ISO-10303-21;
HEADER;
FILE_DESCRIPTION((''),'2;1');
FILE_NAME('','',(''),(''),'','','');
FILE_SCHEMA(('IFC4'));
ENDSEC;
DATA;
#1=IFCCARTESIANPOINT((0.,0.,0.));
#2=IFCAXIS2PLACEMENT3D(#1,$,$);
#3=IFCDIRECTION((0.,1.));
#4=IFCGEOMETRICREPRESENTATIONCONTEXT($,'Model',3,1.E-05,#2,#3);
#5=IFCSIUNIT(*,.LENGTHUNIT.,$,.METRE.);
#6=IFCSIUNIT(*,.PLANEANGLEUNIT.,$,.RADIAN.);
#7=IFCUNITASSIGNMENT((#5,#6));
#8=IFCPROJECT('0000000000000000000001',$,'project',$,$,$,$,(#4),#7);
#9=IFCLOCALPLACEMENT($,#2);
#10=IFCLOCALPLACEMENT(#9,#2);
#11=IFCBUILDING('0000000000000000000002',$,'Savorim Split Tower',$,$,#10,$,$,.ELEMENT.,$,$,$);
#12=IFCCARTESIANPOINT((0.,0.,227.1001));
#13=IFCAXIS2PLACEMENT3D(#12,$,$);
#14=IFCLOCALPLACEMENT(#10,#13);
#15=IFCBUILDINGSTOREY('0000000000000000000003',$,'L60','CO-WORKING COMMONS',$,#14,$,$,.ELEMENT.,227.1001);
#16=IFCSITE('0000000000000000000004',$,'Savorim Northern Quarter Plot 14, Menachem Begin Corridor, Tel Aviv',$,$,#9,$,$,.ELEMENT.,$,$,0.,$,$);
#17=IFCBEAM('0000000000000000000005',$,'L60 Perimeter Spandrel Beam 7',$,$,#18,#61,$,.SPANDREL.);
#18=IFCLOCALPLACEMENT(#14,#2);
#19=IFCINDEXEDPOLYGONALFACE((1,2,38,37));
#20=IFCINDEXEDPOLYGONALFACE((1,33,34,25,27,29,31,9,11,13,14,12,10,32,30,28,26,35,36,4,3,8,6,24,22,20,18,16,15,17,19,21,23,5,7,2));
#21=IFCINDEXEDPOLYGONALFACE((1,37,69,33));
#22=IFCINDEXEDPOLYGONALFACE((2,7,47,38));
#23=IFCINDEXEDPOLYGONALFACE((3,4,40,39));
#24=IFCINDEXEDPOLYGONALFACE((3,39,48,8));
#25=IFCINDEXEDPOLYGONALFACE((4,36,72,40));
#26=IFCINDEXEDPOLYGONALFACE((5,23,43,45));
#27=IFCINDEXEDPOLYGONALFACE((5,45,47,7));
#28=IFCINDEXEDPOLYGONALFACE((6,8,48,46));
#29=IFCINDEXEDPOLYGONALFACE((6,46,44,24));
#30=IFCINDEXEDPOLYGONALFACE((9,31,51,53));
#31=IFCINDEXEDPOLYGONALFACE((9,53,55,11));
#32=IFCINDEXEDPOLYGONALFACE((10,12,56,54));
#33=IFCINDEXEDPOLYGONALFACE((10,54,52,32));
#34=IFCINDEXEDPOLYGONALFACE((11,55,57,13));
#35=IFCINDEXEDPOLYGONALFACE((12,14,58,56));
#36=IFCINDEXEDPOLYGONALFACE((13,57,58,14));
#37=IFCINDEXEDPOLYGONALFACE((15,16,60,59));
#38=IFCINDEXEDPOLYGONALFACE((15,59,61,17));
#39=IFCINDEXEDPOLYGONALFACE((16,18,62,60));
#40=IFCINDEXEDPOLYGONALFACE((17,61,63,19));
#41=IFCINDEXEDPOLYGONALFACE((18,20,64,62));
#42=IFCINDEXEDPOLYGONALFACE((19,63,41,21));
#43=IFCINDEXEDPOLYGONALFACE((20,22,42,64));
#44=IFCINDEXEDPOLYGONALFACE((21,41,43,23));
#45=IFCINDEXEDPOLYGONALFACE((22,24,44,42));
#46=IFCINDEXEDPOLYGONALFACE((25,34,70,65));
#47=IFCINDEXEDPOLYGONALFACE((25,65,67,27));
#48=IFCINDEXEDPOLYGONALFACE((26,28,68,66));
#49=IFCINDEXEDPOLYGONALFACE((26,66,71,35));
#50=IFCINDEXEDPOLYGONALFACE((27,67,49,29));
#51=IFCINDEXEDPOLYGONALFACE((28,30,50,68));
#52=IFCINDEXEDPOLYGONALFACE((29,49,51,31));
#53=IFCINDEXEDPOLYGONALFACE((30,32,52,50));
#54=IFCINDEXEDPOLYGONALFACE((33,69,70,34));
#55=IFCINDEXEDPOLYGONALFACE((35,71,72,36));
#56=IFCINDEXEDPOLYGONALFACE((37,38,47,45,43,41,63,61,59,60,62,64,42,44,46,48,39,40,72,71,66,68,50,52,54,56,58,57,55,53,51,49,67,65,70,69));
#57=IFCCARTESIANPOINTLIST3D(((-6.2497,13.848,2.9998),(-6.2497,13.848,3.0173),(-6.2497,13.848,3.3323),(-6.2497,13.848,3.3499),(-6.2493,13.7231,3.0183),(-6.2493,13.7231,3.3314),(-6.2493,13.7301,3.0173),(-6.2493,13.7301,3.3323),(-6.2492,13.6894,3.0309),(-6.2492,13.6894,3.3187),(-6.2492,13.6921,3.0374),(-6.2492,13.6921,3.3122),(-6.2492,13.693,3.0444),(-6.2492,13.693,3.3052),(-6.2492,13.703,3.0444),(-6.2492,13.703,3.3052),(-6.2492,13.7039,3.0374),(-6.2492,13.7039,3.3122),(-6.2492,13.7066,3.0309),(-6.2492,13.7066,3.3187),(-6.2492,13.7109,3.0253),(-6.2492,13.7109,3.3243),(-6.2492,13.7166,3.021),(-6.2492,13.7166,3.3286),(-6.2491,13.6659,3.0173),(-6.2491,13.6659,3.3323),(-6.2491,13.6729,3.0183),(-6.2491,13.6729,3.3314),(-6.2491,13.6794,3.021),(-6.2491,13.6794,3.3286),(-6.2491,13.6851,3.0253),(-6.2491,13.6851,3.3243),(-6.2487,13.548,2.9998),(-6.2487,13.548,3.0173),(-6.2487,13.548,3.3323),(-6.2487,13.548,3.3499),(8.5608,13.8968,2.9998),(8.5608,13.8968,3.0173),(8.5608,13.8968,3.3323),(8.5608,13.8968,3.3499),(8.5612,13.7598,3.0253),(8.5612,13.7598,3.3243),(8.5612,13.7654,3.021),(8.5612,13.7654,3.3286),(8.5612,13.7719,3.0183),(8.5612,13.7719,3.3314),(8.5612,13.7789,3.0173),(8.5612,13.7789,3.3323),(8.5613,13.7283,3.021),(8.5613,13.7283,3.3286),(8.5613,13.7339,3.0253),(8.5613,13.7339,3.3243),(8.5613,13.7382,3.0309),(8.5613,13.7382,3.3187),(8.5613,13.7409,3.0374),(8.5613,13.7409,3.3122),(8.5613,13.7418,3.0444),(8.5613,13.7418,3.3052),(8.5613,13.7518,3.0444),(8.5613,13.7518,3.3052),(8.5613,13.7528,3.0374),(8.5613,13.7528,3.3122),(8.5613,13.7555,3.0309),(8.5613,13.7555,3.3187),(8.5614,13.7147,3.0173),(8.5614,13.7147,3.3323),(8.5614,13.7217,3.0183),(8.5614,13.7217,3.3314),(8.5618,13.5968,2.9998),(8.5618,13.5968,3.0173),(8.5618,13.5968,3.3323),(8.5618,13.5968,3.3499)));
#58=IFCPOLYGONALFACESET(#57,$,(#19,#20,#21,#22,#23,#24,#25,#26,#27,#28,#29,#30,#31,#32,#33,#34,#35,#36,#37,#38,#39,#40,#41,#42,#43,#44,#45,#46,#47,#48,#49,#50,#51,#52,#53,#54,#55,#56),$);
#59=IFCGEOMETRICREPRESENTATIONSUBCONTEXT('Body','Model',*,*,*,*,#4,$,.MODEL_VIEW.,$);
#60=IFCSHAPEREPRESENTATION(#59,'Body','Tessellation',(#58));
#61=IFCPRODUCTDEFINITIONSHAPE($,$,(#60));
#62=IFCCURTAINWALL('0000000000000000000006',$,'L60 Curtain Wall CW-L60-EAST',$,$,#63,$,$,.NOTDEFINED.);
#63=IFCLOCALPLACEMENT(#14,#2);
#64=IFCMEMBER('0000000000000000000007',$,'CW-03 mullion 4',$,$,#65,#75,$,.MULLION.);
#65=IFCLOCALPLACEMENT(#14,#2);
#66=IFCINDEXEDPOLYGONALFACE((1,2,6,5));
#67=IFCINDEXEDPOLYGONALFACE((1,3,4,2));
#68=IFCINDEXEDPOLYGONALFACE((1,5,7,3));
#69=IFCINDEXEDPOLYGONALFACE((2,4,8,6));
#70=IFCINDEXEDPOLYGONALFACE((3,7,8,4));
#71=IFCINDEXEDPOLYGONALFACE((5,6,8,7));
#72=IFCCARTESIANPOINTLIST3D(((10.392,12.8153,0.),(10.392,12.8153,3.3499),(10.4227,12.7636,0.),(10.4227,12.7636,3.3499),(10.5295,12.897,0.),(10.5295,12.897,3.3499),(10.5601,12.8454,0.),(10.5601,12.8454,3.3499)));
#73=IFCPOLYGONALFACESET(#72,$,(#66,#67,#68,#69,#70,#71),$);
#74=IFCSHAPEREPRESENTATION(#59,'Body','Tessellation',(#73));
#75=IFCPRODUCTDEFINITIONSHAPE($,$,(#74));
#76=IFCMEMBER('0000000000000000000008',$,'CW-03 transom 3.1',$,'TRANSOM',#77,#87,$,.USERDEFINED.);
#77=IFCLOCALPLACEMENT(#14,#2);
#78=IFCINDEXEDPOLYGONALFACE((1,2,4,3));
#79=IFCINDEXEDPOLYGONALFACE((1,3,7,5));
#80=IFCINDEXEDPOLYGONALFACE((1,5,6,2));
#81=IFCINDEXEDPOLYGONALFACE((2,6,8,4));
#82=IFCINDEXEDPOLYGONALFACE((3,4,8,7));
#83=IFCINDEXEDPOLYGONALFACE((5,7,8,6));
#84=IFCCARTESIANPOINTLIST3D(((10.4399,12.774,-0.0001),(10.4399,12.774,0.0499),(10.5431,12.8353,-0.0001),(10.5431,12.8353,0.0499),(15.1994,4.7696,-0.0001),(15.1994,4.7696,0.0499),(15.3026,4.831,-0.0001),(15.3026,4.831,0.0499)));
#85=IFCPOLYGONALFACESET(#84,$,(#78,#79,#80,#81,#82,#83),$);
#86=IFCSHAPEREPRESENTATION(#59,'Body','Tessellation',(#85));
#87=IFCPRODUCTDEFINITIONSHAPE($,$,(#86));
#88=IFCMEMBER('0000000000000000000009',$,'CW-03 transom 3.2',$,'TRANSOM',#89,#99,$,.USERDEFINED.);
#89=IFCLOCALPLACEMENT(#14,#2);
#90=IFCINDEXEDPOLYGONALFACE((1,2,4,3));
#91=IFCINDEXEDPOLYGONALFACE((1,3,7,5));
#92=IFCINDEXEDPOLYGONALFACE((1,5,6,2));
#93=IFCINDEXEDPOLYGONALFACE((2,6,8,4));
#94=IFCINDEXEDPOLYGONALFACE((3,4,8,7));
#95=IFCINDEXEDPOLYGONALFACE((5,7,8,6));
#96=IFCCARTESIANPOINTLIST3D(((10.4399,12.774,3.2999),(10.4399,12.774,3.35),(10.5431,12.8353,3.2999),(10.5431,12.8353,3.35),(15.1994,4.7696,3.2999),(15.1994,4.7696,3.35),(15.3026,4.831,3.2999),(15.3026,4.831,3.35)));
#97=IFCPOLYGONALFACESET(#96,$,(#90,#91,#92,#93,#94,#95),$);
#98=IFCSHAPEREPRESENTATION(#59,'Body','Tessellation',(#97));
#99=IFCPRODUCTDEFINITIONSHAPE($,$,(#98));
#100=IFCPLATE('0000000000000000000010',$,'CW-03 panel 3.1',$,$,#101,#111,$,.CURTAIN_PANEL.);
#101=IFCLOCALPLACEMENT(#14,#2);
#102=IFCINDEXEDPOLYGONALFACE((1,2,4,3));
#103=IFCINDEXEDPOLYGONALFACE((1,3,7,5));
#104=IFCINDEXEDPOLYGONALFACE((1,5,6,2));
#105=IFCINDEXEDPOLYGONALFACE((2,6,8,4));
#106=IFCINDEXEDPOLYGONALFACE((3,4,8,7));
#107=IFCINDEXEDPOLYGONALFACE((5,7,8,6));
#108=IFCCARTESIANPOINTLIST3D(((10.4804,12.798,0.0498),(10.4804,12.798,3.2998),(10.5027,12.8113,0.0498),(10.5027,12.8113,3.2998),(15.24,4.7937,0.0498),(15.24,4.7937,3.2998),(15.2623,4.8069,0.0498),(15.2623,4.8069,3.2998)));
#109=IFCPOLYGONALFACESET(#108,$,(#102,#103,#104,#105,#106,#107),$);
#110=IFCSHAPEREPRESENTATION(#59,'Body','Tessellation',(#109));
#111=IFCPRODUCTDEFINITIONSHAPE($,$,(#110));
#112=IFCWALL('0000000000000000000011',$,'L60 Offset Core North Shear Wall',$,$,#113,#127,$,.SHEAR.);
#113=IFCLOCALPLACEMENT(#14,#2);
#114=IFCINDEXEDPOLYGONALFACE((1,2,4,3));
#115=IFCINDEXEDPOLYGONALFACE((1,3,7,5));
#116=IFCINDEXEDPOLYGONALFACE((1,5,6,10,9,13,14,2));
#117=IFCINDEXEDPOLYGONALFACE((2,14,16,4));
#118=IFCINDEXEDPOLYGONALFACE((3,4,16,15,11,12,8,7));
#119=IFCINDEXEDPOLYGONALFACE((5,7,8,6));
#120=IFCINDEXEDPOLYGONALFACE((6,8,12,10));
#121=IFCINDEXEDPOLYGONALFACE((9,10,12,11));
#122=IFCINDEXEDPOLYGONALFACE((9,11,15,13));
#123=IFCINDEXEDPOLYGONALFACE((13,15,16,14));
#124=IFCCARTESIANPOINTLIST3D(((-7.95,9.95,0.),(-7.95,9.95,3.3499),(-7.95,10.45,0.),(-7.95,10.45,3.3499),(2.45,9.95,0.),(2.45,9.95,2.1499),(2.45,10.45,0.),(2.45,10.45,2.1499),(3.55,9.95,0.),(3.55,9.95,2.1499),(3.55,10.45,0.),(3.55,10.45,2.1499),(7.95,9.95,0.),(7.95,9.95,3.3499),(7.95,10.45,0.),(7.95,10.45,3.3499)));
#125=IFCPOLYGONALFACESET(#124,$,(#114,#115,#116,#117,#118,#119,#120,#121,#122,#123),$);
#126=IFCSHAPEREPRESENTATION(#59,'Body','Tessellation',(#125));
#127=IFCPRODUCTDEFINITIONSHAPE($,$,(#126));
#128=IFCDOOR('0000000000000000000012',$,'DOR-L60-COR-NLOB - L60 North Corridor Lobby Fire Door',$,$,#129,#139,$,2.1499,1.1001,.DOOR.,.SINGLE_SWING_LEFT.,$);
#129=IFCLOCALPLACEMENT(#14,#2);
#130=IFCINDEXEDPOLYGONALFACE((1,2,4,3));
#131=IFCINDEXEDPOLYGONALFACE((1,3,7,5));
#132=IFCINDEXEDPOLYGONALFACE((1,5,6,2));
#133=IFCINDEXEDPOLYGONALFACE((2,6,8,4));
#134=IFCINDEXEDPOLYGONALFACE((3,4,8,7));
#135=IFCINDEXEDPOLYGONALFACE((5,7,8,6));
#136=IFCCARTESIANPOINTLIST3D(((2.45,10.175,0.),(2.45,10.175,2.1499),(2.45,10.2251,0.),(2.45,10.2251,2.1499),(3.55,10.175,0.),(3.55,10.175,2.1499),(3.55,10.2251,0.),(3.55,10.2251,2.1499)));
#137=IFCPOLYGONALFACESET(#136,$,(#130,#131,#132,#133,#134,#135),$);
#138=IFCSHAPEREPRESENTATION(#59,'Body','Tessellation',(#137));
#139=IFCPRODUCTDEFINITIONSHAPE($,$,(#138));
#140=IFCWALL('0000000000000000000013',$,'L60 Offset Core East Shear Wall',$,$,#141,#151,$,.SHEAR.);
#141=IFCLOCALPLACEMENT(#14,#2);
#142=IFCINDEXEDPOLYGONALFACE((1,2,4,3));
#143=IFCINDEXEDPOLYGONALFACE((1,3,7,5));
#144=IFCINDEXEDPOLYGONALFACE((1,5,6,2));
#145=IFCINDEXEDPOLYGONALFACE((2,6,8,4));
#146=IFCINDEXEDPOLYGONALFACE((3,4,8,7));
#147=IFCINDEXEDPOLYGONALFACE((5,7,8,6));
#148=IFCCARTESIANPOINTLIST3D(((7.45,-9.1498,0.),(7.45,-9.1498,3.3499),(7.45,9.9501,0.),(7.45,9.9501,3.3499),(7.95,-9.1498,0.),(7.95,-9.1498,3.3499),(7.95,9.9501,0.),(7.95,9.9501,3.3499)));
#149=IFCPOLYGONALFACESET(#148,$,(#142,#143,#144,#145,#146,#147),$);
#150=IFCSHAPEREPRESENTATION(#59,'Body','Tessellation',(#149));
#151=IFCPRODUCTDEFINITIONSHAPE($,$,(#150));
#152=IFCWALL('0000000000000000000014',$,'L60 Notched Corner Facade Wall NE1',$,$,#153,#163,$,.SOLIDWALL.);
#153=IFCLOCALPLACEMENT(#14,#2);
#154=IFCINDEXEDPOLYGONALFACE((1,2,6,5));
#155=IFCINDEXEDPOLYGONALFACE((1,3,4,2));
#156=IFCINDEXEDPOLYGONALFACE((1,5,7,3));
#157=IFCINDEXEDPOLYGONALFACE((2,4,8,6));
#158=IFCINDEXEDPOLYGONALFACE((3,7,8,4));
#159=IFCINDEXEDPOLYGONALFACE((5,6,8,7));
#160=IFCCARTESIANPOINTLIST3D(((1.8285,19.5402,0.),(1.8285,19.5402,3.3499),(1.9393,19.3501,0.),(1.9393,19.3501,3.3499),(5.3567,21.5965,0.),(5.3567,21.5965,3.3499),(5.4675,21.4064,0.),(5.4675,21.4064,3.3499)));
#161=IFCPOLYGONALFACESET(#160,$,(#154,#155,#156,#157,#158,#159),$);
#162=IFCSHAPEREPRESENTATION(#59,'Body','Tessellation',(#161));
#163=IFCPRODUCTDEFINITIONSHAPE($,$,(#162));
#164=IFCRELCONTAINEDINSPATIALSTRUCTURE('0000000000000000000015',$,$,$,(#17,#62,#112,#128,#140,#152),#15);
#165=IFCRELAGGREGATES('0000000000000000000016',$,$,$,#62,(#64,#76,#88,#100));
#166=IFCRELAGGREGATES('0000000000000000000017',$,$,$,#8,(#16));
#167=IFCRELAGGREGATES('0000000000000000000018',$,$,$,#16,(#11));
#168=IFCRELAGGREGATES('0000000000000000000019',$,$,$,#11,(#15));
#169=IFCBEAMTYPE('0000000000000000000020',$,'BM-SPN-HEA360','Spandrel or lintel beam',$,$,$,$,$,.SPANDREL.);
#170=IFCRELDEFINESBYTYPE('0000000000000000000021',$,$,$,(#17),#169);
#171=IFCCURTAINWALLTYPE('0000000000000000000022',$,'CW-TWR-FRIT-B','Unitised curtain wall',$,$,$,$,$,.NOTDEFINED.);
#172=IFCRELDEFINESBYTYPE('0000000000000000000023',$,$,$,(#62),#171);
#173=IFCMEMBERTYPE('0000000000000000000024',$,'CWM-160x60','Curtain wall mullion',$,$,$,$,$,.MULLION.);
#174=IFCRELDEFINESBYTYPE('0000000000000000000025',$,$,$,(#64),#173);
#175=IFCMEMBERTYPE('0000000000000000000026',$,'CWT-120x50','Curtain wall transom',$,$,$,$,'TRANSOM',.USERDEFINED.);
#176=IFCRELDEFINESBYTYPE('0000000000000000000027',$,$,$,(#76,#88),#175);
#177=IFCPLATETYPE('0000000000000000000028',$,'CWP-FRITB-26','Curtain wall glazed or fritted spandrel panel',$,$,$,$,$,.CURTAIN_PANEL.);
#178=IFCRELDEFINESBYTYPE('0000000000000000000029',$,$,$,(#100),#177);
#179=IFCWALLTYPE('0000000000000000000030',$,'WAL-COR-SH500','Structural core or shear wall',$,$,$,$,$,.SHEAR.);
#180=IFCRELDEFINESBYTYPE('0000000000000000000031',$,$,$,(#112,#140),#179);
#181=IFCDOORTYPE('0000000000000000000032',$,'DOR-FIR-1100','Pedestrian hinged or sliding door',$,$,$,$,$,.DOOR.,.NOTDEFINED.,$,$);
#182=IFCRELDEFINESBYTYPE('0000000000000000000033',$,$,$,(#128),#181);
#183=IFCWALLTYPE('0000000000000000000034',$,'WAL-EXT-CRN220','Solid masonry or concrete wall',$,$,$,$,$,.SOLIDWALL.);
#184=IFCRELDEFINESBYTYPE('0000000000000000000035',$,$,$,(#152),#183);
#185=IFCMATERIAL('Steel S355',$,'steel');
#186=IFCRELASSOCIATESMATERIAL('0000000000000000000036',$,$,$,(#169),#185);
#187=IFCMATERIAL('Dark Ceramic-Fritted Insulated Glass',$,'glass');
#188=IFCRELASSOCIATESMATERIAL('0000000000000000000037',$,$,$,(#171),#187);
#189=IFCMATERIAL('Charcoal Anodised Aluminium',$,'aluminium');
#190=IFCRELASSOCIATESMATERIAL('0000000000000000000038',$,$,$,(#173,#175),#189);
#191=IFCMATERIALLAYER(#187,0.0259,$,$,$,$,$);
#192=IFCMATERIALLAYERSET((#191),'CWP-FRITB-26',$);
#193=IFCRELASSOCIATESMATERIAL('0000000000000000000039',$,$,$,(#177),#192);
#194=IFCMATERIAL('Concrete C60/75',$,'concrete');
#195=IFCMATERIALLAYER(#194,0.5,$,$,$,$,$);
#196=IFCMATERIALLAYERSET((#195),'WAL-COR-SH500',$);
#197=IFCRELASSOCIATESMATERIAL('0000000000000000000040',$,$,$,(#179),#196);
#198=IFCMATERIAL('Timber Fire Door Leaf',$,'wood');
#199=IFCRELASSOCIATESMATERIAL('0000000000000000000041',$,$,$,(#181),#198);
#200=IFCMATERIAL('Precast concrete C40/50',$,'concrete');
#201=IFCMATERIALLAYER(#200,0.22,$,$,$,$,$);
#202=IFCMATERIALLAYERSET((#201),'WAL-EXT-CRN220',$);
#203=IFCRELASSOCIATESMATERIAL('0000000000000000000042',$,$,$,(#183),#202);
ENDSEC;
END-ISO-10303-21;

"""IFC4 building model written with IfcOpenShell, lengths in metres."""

from ifc_helpers import new_model, si_unit, direction, frame, frame_2d, origin, origin_2d, place, context, subcontext, project, spatial, rectangle, i_section, extrude, material, layer, layer_set, material_profile, profile_set, type_object, element, fill, aggregate, save


model = new_model("IFC4")

# Units and contexts
model_context = context("Model", 3, precision=1e-05, world=origin(), true_north=direction((0.0, 1.0)))
body_context = subcontext(model_context, "Body", "Model", "MODEL_VIEW")
ifc_project = project(units=[si_unit("LENGTHUNIT", "METRE"), si_unit("PLANEANGLEUNIT", "RADIAN")], contexts=[model_context])

# Site, building, storey
site_placement = place(None, origin())
site = spatial("IfcSite", under=ifc_project, at=site_placement, Name="Savorim Northern Quarter Plot 14, Menachem Begin Corridor, Tel Aviv", CompositionType="ELEMENT", RefElevation=0.0)
building_placement = place(site_placement, origin())
building = spatial("IfcBuilding", under=site, at=building_placement, Name="Savorim Split Tower", CompositionType="ELEMENT")
storey_placement = place(building_placement, frame((0.0, 0.0, 227.1001)))
storey = spatial("IfcBuildingStorey", under=building, at=storey_placement, Name="L60", Description="CO-WORKING COMMONS", CompositionType="ELEMENT", Elevation=227.1001)

# Shared definitions
ifc_material_1 = material(Name="Steel S355", Category="steel")

# Beam
ifc_material_profile_1 = material_profile(ifc_material_1, i_section(OverallWidth=0.3, OverallDepth=0.3501, WebThickness=0.01, FlangeThickness=0.0176, FilletRadius=0.0271, at=origin_2d()), Name="HEA 360")
ifc_profile_set_1 = profile_set([ifc_material_profile_1], Name="Steel S355")
beam_type_1 = type_object("IfcBeamType", Name="BM-SPN-HEA360", Description="Spandrel or lintel beam", PredefinedType="SPANDREL", material=ifc_profile_set_1)
beam_1_placement = place(storey_placement, frame((8.5613, 13.7468, 3.1748), z_axis=(-0.999995, -0.003297, 0.0), x_axis=(0.003297, -0.999995, 0.0)))
element("IfcBeam", 1, at=beam_1_placement, inside=storey, type_object=beam_type_1, Name="L60 Perimeter Spandrel Beam 7", PredefinedType="SPANDREL", context=body_context, shape_type="SweptSolid", body=[
    extrude(i_section(OverallWidth=0.3, OverallDepth=0.3501, WebThickness=0.01, FlangeThickness=0.0176, FilletRadius=0.0271, at=origin_2d()), origin(), (0.0, 0.0, 1.0), 14.8105),
])

# Curtain wall, members, plate
ifc_material_2 = material(Name="Dark Ceramic-Fritted Insulated Glass", Category="glass")
curtain_wall_type = type_object("IfcCurtainWallType", Name="CW-TWR-FRIT-B", Description="Unitised curtain wall", PredefinedType="NOTDEFINED", material=ifc_material_2)
curtain_wall_placement = place(storey_placement, origin())
curtain_wall = element("IfcCurtainWall", 2, at=curtain_wall_placement, inside=storey, type_object=curtain_wall_type, Name="L60 Curtain Wall CW-L60-EAST", PredefinedType="NOTDEFINED")
ifc_material_3 = material(Name="Charcoal Anodised Aluminium", Category="aluminium")
ifc_material_profile_2 = material_profile(ifc_material_3, rectangle(XDim=0.1599, YDim=0.0601, at=origin_2d()), Name="ALU-M 160x60")
ifc_profile_set_2 = profile_set([ifc_material_profile_2], Name="Charcoal Anodised Aluminium")
member_type_1 = type_object("IfcMemberType", Name="CWM-160x60", Description="Curtain wall mullion", PredefinedType="MULLION", material=ifc_profile_set_2)
member_1_placement = place(storey_placement, frame((10.4761, 12.8303, 0.0), z_axis=(0.0, 0.0, 1.0), x_axis=(-0.859524, -0.511096, 0.0)))
member_1 = element("IfcMember", 3, at=member_1_placement, type_object=member_type_1, Name="CW-03 mullion 4", PredefinedType="MULLION", context=body_context, shape_type="SweptSolid", body=[
    extrude(rectangle(XDim=0.1599, YDim=0.0601, at=origin_2d()), origin(), (0.0, 0.0, 1.0), 3.3499),
])
ifc_material_profile_3 = material_profile(ifc_material_3, rectangle(XDim=0.1201, YDim=0.05, at=origin_2d()), Name="ALU-T 120x50")
ifc_profile_set_3 = profile_set([ifc_material_profile_3], Name="Charcoal Anodised Aluminium")
member_type_2 = type_object("IfcMemberType", Name="CWT-120x50", Description="Curtain wall transom", ElementType="TRANSOM", PredefinedType="USERDEFINED", material=ifc_profile_set_3)
member_2_placement = place(storey_placement, frame((15.251, 4.8003, 0.0249), z_axis=(-0.511087, 0.859529, 0.0), x_axis=(-0.859529, -0.511087, 0.0)))
member_2 = element("IfcMember", 4, at=member_2_placement, type_object=member_type_2, Name="CW-03 transom 3.1", ObjectType="TRANSOM", PredefinedType="USERDEFINED", context=body_context, shape_type="SweptSolid", body=[
    extrude(rectangle(XDim=0.1201, YDim=0.05, at=origin_2d()), origin(), (0.0, 0.0, 1.0), 9.3125),
])
member_3_placement = place(storey_placement, frame((15.251, 4.8003, 3.325), z_axis=(-0.511087, 0.859529, 0.0), x_axis=(-0.859529, -0.511087, 0.0)))
member_3 = element("IfcMember", 5, at=member_3_placement, type_object=member_type_2, Name="CW-03 transom 3.2", ObjectType="TRANSOM", PredefinedType="USERDEFINED", context=body_context, shape_type="SweptSolid", body=[
    extrude(rectangle(XDim=0.1201, YDim=0.05, at=origin_2d()), origin(), (0.0, 0.0, 1.0), 9.3125),
])
ifc_layer_1 = layer(ifc_material_2, 0.0259)
ifc_layer_set_1 = layer_set([ifc_layer_1], Name="CWP-FRITB-26")
plate_type = type_object("IfcPlateType", Name="CWP-FRITB-26", Description="Curtain wall glazed or fritted spandrel panel", PredefinedType="CURTAIN_PANEL", material=ifc_layer_set_1)
plate_placement = place(storey_placement, frame((12.8713, 8.8025, 0.0498), z_axis=(0.0, 0.0, 1.0), x_axis=(-0.511096, 0.859524, 0.0)))
plate = element("IfcPlate", 6, at=plate_placement, type_object=plate_type, Name="CW-03 panel 3.1", PredefinedType="CURTAIN_PANEL", context=body_context, shape_type="SweptSolid", body=[
    extrude(rectangle(XDim=9.3125, YDim=0.0259, at=origin_2d()), origin(), (0.0, 0.0, 1.0), 3.25),
])
aggregate(curtain_wall, [member_1, member_2, member_3, plate])

# Wall, opening, door
ifc_material_4 = material(Name="Concrete C60/75", Category="concrete")
ifc_layer_2 = layer(ifc_material_4, 0.5)
ifc_layer_set_2 = layer_set([ifc_layer_2], Name="WAL-COR-SH500")
wall_type_1 = type_object("IfcWallType", Name="WAL-COR-SH500", Description="Structural core or shear wall", PredefinedType="SHEAR", material=ifc_layer_set_2)
wall_1_placement = place(storey_placement, frame((7.95, 10.2, 0.0), z_axis=(0.0, 0.0, 1.0), x_axis=(-1.0, 0.0, 0.0)))
wall_1 = element("IfcWall", 7, at=wall_1_placement, inside=storey, type_object=wall_type_1, Name="L60 Offset Core North Shear Wall", PredefinedType="SHEAR", context=body_context, shape_type="SweptSolid", body=[
    extrude(rectangle(XDim=15.8999, YDim=0.5, at=frame_2d((7.95, 0.0))), origin(), (0.0, 0.0, 1.0), 3.3499),
])
opening_1_placement = place(wall_1_placement, frame((4.3999, 0.0, 0.0)))
opening_1 = element("IfcOpeningElement", 8, at=opening_1_placement, cuts=wall_1, PredefinedType="OPENING", context=body_context, shape_type="SweptSolid", body=[
    extrude(rectangle(XDim=1.1001, YDim=2.1499, at=frame_2d((0.55, 1.075))), frame((0.0, 0.26, 0.0), z_axis=(0.0, -1.0, 0.0), x_axis=(1.0, 0.0, 0.0)), (0.0, 0.0, 1.0), 0.52),
])
ifc_material_5 = material(Name="Timber Fire Door Leaf", Category="wood")
door_type_1 = type_object("IfcDoorType", Name="DOR-FIR-1100", Description="Pedestrian hinged or sliding door", OperationType="NOTDEFINED", PredefinedType="DOOR", material=ifc_material_5)
door_1_placement = place(opening_1_placement, origin())
door_1 = element("IfcDoor", 9, at=door_1_placement, inside=storey, type_object=door_type_1, Name="DOR-L60-COR-NLOB - L60 North Corridor Lobby Fire Door", OperationType="SINGLE_SWING_LEFT", OverallHeight=2.1499, OverallWidth=1.1001, PredefinedType="DOOR", context=body_context, shape_type="SweptSolid", body=[
    extrude(rectangle(XDim=1.1001, YDim=2.1499, at=frame_2d((0.55, 1.075))), frame((0.0, 0.0249, 0.0), z_axis=(0.0, -1.0, 0.0), x_axis=(1.0, 0.0, 0.0)), (0.0, 0.0, 1.0), 0.05),
])
fill(opening_1, door_1)

# Walls
wall_2_placement = place(storey_placement, frame((7.7, 9.95, 0.0), z_axis=(0.0, 0.0, 1.0), x_axis=(0.0, -1.0, 0.0)))
element("IfcWall", 10, at=wall_2_placement, inside=storey, type_object=wall_type_1, Name="L60 Offset Core East Shear Wall", PredefinedType="SHEAR", context=body_context, shape_type="SweptSolid", body=[
    extrude(rectangle(XDim=19.0999, YDim=0.5, at=frame_2d((9.5498, 0.0))), origin(), (0.0, 0.0, 1.0), 3.3499),
])
ifc_material_6 = material(Name="Precast concrete C40/50", Category="concrete")
ifc_layer_3 = layer(ifc_material_6, 0.22)
ifc_layer_set_3 = layer_set([ifc_layer_3], Name="WAL-EXT-CRN220")
wall_type_2 = type_object("IfcWallType", Name="WAL-EXT-CRN220", Description="Solid masonry or concrete wall", PredefinedType="SOLIDWALL", material=ifc_layer_set_3)
wall_3_placement = place(storey_placement, frame((1.8838, 19.4451, 0.0), z_axis=(0.0, 0.0, 1.0), x_axis=(0.86397, 0.503544, 0.0)))
element("IfcWall", 11, at=wall_3_placement, inside=storey, type_object=wall_type_2, Name="L60 Notched Corner Facade Wall NE1", PredefinedType="SOLIDWALL", context=body_context, shape_type="SweptSolid", body=[
    extrude(rectangle(XDim=4.0837, YDim=0.22, at=frame_2d((2.042, 0.0))), origin(), (0.0, 0.0, 1.0), 3.3499),
])

save(model, "model.ifc")
